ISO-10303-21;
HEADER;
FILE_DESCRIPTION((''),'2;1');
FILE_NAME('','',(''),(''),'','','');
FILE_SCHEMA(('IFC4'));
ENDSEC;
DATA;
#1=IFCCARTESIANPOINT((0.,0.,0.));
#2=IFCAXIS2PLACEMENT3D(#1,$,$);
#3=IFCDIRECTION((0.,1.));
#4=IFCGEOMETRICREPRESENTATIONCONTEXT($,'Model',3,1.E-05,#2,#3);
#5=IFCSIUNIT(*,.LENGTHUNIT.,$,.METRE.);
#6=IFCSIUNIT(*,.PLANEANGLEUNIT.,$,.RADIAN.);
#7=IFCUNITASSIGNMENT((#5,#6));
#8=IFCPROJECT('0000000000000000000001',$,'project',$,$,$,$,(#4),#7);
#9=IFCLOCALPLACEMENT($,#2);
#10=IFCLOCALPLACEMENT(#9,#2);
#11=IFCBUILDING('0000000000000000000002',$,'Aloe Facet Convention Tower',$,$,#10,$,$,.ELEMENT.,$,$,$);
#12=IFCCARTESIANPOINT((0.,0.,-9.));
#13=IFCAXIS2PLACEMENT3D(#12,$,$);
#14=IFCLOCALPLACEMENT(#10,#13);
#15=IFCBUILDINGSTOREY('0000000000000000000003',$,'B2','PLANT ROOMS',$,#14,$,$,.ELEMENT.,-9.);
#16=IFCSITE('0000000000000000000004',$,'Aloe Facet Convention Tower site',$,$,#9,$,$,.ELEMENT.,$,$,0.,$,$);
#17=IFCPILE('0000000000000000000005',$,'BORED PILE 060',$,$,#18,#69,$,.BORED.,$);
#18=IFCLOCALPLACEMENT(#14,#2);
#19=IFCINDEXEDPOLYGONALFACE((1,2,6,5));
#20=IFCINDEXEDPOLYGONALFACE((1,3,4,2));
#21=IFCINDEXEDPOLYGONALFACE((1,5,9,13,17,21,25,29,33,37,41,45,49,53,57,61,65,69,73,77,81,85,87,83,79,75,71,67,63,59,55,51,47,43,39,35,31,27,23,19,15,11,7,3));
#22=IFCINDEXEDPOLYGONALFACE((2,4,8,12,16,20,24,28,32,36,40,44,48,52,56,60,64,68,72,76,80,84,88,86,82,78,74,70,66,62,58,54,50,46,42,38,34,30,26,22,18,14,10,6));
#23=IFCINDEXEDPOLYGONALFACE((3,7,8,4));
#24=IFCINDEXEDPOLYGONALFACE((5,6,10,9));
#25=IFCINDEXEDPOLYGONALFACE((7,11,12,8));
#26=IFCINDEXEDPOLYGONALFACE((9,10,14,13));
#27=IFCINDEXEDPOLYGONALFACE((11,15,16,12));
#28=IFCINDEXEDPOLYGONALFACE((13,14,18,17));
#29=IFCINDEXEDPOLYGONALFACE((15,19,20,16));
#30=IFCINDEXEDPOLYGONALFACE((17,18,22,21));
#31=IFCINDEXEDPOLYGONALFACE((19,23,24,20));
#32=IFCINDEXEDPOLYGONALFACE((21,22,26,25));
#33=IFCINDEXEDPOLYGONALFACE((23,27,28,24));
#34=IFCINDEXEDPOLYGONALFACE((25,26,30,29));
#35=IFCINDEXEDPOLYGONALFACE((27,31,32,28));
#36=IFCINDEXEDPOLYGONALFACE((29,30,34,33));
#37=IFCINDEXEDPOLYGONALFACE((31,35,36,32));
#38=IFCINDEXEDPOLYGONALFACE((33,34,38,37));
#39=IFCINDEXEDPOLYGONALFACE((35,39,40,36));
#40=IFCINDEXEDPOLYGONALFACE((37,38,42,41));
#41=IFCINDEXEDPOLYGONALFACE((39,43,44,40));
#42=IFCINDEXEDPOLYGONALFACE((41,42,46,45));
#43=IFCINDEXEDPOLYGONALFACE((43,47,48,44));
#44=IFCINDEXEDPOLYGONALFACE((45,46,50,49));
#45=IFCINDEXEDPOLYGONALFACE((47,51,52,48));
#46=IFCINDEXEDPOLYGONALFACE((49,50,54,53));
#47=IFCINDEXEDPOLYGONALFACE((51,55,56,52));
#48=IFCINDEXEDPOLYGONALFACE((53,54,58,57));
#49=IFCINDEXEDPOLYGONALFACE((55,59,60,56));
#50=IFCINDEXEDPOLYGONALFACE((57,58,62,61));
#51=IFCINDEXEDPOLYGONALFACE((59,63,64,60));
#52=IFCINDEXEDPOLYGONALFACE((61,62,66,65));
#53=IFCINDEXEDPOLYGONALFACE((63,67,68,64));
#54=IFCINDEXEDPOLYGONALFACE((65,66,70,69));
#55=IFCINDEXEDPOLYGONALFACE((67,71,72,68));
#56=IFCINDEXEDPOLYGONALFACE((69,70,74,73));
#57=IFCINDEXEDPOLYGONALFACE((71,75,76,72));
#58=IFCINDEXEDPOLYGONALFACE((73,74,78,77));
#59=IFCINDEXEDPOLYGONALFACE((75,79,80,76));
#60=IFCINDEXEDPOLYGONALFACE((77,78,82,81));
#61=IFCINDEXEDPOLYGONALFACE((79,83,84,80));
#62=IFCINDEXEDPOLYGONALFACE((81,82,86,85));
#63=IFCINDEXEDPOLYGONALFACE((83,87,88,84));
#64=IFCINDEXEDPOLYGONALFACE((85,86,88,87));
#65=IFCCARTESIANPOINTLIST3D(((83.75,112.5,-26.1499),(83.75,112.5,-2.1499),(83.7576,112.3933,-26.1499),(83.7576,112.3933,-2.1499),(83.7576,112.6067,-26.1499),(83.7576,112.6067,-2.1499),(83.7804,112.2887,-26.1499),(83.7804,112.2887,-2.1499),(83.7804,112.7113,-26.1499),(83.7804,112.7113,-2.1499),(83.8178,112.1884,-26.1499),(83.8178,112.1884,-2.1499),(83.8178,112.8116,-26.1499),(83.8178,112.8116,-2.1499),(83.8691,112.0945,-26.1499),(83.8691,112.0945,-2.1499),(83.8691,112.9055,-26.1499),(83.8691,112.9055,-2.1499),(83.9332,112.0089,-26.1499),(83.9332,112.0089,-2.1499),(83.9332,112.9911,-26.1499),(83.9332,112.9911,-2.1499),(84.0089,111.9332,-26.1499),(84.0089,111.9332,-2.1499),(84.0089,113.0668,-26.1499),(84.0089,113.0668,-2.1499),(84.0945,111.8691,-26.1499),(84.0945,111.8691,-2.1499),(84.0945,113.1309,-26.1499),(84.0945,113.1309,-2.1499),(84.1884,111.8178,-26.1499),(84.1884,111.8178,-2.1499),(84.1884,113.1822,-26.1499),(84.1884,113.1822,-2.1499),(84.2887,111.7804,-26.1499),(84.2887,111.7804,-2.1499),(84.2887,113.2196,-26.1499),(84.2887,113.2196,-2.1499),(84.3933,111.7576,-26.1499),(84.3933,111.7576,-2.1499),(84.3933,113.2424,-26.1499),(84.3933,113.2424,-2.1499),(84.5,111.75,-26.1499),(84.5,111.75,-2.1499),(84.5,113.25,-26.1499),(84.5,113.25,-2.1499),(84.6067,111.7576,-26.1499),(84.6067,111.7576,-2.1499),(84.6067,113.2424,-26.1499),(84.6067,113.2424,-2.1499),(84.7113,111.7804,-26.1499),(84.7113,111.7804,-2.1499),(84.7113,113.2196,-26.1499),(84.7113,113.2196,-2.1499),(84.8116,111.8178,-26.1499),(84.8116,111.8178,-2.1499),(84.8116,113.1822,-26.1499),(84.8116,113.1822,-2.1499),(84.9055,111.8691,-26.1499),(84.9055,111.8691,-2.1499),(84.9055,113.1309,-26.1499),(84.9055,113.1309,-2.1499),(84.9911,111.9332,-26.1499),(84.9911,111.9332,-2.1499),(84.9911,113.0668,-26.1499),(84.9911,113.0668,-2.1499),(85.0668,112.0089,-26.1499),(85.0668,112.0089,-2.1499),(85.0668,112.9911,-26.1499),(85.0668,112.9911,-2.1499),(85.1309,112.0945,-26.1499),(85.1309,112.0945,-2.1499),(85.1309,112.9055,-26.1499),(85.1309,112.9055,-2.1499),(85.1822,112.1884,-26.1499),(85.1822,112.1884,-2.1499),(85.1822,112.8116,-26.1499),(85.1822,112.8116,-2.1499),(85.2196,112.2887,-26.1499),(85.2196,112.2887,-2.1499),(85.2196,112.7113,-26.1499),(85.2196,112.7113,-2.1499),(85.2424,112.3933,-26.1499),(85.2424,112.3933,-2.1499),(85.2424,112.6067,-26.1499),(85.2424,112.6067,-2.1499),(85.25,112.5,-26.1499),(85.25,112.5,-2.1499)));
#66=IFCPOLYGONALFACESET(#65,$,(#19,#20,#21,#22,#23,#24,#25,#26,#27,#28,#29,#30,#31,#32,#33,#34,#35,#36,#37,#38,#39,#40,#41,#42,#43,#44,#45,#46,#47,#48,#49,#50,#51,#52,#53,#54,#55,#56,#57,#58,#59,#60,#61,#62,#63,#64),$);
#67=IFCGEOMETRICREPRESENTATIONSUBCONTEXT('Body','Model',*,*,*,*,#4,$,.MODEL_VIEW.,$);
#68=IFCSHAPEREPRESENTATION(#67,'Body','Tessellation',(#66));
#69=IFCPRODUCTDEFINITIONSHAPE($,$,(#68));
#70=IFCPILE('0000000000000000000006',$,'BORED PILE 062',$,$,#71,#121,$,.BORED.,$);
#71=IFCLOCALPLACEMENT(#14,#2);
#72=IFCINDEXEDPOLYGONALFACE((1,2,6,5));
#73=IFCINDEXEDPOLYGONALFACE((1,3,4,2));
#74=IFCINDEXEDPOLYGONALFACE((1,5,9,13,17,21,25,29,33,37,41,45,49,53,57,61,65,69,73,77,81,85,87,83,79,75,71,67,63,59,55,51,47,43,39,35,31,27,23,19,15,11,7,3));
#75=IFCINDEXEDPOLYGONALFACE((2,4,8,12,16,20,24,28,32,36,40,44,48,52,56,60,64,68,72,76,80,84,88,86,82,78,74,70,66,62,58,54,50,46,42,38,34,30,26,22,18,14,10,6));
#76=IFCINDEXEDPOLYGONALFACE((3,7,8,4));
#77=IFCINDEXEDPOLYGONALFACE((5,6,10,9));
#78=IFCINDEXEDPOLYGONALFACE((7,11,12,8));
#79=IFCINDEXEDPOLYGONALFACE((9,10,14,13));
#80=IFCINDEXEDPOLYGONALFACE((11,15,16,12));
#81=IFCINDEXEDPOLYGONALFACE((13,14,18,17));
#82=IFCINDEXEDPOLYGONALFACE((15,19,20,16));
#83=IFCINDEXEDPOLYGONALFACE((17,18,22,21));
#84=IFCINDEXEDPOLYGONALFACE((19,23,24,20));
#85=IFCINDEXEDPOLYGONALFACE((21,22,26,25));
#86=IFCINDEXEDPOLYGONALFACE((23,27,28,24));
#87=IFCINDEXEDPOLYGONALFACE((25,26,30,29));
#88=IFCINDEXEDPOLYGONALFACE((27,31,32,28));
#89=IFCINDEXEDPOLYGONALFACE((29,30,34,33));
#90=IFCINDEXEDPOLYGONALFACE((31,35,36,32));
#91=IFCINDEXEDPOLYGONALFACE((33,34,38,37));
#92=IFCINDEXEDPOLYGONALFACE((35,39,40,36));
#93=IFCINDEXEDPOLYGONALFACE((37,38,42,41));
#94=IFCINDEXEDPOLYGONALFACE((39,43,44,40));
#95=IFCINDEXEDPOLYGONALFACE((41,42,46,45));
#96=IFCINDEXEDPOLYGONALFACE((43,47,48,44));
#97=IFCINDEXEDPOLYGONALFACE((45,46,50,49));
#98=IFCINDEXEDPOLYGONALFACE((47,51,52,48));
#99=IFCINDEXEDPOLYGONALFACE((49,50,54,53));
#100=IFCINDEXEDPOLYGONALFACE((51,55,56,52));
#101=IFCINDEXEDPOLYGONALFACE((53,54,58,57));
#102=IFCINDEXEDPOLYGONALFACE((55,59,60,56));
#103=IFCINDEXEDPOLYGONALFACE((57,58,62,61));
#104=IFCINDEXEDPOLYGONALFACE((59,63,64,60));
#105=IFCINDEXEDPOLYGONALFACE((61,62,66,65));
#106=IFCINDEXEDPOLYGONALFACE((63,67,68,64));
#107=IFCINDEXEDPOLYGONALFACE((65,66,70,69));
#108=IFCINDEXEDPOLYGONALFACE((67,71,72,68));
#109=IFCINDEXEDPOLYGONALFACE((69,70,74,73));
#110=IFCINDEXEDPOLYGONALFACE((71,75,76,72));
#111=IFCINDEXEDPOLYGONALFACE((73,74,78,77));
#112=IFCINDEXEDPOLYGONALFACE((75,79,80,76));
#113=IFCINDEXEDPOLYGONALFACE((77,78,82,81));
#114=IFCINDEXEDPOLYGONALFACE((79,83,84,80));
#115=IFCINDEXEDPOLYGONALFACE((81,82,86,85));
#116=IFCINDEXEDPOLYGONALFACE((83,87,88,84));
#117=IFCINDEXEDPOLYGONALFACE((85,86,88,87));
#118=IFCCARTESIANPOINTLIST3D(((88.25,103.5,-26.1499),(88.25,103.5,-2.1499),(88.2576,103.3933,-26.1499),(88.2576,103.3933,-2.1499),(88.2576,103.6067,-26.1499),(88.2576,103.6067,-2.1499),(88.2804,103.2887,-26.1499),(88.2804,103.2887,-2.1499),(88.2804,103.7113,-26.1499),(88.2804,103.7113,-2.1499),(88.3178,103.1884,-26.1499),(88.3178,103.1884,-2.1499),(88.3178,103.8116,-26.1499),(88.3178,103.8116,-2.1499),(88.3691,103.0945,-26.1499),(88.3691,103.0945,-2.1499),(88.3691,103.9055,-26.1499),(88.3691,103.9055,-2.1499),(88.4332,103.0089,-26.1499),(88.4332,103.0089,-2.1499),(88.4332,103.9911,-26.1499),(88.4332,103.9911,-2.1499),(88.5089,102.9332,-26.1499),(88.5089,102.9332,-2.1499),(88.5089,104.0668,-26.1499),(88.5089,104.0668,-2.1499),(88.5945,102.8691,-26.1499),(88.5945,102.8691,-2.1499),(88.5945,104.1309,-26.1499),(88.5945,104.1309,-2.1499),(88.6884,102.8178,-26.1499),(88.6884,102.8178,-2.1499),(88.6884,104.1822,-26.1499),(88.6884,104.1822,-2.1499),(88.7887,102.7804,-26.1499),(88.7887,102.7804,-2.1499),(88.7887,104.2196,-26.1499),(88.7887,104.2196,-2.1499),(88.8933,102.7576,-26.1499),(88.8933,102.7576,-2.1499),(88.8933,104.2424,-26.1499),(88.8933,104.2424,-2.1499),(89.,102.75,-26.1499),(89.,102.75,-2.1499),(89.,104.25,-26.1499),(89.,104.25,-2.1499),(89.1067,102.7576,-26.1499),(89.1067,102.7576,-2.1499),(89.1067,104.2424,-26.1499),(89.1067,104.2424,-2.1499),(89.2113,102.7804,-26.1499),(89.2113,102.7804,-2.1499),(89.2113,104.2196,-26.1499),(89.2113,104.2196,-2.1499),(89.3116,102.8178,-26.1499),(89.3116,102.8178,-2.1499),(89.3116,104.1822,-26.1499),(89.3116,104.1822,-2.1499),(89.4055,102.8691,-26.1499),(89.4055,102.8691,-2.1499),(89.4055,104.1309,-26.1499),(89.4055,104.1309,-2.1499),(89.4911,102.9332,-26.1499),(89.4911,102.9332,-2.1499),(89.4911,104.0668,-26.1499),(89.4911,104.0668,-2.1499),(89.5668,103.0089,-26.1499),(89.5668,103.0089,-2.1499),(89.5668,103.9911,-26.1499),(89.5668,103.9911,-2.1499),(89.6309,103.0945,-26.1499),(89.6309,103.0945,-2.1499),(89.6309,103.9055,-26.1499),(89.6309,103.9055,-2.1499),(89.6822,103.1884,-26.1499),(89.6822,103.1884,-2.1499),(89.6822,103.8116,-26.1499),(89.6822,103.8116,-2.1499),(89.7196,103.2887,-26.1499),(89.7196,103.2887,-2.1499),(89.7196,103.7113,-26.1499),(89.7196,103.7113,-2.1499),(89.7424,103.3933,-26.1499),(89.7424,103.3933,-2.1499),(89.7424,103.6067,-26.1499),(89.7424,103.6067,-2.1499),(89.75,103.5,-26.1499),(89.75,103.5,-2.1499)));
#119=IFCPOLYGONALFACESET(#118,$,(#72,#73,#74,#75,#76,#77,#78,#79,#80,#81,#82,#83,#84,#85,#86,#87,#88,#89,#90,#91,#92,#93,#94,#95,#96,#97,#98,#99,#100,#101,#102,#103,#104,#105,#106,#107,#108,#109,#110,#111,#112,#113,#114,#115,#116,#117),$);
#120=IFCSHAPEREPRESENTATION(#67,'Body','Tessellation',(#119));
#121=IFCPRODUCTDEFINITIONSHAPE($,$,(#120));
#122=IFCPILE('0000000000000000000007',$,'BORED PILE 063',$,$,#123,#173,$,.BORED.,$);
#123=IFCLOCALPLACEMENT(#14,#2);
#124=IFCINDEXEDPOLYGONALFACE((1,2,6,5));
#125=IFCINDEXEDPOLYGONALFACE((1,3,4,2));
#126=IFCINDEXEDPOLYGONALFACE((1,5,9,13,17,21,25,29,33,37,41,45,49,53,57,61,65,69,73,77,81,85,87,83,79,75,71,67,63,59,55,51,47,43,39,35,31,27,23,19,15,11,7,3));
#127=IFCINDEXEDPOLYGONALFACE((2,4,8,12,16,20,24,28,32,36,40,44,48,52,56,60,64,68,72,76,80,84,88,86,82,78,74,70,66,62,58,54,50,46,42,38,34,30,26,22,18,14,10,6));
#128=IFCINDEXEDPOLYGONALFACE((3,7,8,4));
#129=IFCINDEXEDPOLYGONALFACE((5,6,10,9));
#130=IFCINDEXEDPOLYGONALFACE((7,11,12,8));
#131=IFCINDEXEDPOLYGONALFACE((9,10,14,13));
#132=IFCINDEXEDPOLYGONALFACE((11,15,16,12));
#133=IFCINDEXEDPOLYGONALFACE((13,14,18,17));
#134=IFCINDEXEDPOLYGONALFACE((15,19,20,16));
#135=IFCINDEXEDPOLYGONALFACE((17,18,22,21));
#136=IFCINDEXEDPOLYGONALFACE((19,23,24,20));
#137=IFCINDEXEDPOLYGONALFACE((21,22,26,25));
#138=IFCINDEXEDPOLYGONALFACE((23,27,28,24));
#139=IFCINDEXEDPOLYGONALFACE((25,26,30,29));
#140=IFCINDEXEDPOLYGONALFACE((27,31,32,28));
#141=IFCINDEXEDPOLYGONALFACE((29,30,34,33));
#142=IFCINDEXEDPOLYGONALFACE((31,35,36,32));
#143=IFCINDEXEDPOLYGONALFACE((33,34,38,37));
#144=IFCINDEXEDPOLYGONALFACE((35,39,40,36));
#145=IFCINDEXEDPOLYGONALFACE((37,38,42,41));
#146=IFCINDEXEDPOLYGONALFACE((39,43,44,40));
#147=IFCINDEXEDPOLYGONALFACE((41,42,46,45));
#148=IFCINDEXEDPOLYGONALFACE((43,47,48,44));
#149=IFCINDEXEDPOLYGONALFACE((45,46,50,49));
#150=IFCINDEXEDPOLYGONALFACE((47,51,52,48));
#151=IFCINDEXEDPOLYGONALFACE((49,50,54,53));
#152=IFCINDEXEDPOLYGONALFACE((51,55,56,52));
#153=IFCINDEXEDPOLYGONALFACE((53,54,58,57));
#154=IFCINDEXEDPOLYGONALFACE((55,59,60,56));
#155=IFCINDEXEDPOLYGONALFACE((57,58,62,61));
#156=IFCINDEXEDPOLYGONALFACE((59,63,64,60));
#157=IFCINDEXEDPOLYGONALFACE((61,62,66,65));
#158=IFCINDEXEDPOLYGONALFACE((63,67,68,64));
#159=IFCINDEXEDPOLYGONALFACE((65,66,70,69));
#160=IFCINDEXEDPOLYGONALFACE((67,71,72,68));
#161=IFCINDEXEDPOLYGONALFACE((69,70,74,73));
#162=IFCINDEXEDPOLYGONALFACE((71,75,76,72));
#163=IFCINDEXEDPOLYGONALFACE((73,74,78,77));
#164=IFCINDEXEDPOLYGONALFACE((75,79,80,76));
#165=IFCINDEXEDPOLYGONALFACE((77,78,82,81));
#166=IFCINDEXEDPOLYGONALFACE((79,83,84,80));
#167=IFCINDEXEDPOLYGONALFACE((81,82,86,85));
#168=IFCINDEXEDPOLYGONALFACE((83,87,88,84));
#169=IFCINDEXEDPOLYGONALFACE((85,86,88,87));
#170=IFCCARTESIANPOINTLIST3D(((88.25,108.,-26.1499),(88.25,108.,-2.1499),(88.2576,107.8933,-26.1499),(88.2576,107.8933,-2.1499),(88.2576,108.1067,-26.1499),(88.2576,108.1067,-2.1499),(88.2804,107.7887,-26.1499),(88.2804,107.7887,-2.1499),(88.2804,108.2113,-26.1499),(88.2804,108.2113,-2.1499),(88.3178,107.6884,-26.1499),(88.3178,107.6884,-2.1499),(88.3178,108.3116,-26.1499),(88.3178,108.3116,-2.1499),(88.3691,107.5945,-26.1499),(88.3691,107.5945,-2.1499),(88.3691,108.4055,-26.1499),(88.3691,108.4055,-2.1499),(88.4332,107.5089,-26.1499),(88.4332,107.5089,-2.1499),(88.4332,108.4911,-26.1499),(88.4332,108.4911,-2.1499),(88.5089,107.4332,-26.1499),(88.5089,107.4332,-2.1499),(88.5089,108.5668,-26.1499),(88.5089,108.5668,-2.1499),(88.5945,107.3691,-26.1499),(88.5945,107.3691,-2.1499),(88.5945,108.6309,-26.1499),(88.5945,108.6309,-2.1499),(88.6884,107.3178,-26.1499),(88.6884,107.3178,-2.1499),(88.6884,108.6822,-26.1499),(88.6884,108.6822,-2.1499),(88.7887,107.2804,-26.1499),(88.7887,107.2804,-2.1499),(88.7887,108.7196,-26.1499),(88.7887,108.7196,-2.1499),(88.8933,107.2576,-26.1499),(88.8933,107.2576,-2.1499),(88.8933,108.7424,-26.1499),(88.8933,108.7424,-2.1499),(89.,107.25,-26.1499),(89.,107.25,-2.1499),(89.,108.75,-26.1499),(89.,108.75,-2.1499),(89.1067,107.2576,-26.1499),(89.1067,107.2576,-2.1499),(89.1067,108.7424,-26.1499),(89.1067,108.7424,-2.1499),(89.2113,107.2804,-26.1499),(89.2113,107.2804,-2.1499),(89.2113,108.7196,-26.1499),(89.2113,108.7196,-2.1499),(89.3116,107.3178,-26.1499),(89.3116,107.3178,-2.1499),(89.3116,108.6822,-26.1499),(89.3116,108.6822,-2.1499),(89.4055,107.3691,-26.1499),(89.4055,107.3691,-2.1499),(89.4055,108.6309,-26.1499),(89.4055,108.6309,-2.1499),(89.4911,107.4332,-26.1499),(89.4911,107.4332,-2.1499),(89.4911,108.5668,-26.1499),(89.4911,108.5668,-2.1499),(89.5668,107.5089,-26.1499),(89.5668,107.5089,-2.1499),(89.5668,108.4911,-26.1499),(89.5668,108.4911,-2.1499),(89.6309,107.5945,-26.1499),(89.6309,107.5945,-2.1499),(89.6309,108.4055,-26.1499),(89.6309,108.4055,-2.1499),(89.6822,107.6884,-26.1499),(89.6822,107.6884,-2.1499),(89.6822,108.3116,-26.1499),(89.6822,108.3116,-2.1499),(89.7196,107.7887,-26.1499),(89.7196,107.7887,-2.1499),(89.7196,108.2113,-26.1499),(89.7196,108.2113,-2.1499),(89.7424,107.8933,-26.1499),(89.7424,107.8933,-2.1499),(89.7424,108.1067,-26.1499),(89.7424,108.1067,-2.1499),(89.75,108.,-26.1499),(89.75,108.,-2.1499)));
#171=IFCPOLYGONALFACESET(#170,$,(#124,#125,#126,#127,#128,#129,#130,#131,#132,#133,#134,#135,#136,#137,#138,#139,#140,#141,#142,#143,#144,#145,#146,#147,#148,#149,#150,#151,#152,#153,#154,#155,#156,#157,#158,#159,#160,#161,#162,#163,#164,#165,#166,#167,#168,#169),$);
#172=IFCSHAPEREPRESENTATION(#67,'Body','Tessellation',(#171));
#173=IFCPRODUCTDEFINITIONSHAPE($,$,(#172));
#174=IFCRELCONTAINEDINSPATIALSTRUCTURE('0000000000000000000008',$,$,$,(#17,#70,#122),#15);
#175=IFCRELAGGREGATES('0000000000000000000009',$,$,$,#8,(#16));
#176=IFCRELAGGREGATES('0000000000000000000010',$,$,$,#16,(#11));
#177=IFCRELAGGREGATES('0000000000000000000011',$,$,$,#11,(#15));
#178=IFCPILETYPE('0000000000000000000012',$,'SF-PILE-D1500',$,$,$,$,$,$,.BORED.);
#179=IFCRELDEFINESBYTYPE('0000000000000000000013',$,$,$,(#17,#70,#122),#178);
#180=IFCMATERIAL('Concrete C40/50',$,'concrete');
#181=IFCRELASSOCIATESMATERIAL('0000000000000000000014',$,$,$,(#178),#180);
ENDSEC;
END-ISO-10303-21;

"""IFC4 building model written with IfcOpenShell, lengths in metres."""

from ifc_helpers import new_model, si_unit, direction, frame, origin, origin_2d, place, context, subcontext, project, spatial, circle, extrude, material, material_profile, profile_set, type_object, element, save


model = new_model("IFC4")

# Units and contexts
model_context = context("Model", 3, precision=1e-05, world=origin(), true_north=direction((0.0, 1.0)))
body_context = subcontext(model_context, "Body", "Model", "MODEL_VIEW")
ifc_project = project(units=[si_unit("LENGTHUNIT", "METRE"), si_unit("PLANEANGLEUNIT", "RADIAN")], contexts=[model_context])

# Site, building, storey
site_placement = place(None, origin())
site = spatial("IfcSite", under=ifc_project, at=site_placement, Name="Aloe Facet Convention Tower site", CompositionType="ELEMENT", RefElevation=0.0)
building_placement = place(site_placement, origin())
building = spatial("IfcBuilding", under=site, at=building_placement, Name="Aloe Facet Convention Tower", CompositionType="ELEMENT")
storey_placement = place(building_placement, frame((0.0, 0.0, -9.0)))
storey = spatial("IfcBuildingStorey", under=building, at=storey_placement, Name="B2", Description="PLANT ROOMS", CompositionType="ELEMENT", Elevation=-9.0)

# Piles
ifc_material_1 = material(Name="Concrete C40/50", Category="concrete")
ifc_material_profile_1 = material_profile(ifc_material_1, circle(Radius=0.75, at=origin_2d()), Name="D1500")
ifc_profile_set_1 = profile_set([ifc_material_profile_1], Name="Concrete C40/50")
pile_type = type_object("IfcPileType", Name="SF-PILE-D1500", PredefinedType="BORED", material=ifc_profile_set_1)
for number, where, z_axis, x_axis, name in (
    (1, (84.5, 112.5, -2.1499), (0.0, 0.0, -1.0), (1.0, 0.0, 0.0), "BORED PILE 060"),
    (2, (89.0, 103.5, -2.1499), (0.0, 0.0, -1.0), (1.0, 0.0, 0.0), "BORED PILE 062"),
    (3, (89.0, 108.0, -2.1499), (0.0, 0.0, -1.0), (1.0, 0.0, 0.0), "BORED PILE 063"),
):
    element("IfcPile", number, at=place(storey_placement, frame(where, z_axis=z_axis, x_axis=x_axis)), inside=storey, type_object=pile_type, Name=name, PredefinedType="BORED", context=body_context, shape_type="SweptSolid", body=[
        extrude(circle(Radius=0.75, at=origin_2d()), origin(), (0.0, 0.0, 1.0), 24.0),
    ])

save(model, "model.ifc")
